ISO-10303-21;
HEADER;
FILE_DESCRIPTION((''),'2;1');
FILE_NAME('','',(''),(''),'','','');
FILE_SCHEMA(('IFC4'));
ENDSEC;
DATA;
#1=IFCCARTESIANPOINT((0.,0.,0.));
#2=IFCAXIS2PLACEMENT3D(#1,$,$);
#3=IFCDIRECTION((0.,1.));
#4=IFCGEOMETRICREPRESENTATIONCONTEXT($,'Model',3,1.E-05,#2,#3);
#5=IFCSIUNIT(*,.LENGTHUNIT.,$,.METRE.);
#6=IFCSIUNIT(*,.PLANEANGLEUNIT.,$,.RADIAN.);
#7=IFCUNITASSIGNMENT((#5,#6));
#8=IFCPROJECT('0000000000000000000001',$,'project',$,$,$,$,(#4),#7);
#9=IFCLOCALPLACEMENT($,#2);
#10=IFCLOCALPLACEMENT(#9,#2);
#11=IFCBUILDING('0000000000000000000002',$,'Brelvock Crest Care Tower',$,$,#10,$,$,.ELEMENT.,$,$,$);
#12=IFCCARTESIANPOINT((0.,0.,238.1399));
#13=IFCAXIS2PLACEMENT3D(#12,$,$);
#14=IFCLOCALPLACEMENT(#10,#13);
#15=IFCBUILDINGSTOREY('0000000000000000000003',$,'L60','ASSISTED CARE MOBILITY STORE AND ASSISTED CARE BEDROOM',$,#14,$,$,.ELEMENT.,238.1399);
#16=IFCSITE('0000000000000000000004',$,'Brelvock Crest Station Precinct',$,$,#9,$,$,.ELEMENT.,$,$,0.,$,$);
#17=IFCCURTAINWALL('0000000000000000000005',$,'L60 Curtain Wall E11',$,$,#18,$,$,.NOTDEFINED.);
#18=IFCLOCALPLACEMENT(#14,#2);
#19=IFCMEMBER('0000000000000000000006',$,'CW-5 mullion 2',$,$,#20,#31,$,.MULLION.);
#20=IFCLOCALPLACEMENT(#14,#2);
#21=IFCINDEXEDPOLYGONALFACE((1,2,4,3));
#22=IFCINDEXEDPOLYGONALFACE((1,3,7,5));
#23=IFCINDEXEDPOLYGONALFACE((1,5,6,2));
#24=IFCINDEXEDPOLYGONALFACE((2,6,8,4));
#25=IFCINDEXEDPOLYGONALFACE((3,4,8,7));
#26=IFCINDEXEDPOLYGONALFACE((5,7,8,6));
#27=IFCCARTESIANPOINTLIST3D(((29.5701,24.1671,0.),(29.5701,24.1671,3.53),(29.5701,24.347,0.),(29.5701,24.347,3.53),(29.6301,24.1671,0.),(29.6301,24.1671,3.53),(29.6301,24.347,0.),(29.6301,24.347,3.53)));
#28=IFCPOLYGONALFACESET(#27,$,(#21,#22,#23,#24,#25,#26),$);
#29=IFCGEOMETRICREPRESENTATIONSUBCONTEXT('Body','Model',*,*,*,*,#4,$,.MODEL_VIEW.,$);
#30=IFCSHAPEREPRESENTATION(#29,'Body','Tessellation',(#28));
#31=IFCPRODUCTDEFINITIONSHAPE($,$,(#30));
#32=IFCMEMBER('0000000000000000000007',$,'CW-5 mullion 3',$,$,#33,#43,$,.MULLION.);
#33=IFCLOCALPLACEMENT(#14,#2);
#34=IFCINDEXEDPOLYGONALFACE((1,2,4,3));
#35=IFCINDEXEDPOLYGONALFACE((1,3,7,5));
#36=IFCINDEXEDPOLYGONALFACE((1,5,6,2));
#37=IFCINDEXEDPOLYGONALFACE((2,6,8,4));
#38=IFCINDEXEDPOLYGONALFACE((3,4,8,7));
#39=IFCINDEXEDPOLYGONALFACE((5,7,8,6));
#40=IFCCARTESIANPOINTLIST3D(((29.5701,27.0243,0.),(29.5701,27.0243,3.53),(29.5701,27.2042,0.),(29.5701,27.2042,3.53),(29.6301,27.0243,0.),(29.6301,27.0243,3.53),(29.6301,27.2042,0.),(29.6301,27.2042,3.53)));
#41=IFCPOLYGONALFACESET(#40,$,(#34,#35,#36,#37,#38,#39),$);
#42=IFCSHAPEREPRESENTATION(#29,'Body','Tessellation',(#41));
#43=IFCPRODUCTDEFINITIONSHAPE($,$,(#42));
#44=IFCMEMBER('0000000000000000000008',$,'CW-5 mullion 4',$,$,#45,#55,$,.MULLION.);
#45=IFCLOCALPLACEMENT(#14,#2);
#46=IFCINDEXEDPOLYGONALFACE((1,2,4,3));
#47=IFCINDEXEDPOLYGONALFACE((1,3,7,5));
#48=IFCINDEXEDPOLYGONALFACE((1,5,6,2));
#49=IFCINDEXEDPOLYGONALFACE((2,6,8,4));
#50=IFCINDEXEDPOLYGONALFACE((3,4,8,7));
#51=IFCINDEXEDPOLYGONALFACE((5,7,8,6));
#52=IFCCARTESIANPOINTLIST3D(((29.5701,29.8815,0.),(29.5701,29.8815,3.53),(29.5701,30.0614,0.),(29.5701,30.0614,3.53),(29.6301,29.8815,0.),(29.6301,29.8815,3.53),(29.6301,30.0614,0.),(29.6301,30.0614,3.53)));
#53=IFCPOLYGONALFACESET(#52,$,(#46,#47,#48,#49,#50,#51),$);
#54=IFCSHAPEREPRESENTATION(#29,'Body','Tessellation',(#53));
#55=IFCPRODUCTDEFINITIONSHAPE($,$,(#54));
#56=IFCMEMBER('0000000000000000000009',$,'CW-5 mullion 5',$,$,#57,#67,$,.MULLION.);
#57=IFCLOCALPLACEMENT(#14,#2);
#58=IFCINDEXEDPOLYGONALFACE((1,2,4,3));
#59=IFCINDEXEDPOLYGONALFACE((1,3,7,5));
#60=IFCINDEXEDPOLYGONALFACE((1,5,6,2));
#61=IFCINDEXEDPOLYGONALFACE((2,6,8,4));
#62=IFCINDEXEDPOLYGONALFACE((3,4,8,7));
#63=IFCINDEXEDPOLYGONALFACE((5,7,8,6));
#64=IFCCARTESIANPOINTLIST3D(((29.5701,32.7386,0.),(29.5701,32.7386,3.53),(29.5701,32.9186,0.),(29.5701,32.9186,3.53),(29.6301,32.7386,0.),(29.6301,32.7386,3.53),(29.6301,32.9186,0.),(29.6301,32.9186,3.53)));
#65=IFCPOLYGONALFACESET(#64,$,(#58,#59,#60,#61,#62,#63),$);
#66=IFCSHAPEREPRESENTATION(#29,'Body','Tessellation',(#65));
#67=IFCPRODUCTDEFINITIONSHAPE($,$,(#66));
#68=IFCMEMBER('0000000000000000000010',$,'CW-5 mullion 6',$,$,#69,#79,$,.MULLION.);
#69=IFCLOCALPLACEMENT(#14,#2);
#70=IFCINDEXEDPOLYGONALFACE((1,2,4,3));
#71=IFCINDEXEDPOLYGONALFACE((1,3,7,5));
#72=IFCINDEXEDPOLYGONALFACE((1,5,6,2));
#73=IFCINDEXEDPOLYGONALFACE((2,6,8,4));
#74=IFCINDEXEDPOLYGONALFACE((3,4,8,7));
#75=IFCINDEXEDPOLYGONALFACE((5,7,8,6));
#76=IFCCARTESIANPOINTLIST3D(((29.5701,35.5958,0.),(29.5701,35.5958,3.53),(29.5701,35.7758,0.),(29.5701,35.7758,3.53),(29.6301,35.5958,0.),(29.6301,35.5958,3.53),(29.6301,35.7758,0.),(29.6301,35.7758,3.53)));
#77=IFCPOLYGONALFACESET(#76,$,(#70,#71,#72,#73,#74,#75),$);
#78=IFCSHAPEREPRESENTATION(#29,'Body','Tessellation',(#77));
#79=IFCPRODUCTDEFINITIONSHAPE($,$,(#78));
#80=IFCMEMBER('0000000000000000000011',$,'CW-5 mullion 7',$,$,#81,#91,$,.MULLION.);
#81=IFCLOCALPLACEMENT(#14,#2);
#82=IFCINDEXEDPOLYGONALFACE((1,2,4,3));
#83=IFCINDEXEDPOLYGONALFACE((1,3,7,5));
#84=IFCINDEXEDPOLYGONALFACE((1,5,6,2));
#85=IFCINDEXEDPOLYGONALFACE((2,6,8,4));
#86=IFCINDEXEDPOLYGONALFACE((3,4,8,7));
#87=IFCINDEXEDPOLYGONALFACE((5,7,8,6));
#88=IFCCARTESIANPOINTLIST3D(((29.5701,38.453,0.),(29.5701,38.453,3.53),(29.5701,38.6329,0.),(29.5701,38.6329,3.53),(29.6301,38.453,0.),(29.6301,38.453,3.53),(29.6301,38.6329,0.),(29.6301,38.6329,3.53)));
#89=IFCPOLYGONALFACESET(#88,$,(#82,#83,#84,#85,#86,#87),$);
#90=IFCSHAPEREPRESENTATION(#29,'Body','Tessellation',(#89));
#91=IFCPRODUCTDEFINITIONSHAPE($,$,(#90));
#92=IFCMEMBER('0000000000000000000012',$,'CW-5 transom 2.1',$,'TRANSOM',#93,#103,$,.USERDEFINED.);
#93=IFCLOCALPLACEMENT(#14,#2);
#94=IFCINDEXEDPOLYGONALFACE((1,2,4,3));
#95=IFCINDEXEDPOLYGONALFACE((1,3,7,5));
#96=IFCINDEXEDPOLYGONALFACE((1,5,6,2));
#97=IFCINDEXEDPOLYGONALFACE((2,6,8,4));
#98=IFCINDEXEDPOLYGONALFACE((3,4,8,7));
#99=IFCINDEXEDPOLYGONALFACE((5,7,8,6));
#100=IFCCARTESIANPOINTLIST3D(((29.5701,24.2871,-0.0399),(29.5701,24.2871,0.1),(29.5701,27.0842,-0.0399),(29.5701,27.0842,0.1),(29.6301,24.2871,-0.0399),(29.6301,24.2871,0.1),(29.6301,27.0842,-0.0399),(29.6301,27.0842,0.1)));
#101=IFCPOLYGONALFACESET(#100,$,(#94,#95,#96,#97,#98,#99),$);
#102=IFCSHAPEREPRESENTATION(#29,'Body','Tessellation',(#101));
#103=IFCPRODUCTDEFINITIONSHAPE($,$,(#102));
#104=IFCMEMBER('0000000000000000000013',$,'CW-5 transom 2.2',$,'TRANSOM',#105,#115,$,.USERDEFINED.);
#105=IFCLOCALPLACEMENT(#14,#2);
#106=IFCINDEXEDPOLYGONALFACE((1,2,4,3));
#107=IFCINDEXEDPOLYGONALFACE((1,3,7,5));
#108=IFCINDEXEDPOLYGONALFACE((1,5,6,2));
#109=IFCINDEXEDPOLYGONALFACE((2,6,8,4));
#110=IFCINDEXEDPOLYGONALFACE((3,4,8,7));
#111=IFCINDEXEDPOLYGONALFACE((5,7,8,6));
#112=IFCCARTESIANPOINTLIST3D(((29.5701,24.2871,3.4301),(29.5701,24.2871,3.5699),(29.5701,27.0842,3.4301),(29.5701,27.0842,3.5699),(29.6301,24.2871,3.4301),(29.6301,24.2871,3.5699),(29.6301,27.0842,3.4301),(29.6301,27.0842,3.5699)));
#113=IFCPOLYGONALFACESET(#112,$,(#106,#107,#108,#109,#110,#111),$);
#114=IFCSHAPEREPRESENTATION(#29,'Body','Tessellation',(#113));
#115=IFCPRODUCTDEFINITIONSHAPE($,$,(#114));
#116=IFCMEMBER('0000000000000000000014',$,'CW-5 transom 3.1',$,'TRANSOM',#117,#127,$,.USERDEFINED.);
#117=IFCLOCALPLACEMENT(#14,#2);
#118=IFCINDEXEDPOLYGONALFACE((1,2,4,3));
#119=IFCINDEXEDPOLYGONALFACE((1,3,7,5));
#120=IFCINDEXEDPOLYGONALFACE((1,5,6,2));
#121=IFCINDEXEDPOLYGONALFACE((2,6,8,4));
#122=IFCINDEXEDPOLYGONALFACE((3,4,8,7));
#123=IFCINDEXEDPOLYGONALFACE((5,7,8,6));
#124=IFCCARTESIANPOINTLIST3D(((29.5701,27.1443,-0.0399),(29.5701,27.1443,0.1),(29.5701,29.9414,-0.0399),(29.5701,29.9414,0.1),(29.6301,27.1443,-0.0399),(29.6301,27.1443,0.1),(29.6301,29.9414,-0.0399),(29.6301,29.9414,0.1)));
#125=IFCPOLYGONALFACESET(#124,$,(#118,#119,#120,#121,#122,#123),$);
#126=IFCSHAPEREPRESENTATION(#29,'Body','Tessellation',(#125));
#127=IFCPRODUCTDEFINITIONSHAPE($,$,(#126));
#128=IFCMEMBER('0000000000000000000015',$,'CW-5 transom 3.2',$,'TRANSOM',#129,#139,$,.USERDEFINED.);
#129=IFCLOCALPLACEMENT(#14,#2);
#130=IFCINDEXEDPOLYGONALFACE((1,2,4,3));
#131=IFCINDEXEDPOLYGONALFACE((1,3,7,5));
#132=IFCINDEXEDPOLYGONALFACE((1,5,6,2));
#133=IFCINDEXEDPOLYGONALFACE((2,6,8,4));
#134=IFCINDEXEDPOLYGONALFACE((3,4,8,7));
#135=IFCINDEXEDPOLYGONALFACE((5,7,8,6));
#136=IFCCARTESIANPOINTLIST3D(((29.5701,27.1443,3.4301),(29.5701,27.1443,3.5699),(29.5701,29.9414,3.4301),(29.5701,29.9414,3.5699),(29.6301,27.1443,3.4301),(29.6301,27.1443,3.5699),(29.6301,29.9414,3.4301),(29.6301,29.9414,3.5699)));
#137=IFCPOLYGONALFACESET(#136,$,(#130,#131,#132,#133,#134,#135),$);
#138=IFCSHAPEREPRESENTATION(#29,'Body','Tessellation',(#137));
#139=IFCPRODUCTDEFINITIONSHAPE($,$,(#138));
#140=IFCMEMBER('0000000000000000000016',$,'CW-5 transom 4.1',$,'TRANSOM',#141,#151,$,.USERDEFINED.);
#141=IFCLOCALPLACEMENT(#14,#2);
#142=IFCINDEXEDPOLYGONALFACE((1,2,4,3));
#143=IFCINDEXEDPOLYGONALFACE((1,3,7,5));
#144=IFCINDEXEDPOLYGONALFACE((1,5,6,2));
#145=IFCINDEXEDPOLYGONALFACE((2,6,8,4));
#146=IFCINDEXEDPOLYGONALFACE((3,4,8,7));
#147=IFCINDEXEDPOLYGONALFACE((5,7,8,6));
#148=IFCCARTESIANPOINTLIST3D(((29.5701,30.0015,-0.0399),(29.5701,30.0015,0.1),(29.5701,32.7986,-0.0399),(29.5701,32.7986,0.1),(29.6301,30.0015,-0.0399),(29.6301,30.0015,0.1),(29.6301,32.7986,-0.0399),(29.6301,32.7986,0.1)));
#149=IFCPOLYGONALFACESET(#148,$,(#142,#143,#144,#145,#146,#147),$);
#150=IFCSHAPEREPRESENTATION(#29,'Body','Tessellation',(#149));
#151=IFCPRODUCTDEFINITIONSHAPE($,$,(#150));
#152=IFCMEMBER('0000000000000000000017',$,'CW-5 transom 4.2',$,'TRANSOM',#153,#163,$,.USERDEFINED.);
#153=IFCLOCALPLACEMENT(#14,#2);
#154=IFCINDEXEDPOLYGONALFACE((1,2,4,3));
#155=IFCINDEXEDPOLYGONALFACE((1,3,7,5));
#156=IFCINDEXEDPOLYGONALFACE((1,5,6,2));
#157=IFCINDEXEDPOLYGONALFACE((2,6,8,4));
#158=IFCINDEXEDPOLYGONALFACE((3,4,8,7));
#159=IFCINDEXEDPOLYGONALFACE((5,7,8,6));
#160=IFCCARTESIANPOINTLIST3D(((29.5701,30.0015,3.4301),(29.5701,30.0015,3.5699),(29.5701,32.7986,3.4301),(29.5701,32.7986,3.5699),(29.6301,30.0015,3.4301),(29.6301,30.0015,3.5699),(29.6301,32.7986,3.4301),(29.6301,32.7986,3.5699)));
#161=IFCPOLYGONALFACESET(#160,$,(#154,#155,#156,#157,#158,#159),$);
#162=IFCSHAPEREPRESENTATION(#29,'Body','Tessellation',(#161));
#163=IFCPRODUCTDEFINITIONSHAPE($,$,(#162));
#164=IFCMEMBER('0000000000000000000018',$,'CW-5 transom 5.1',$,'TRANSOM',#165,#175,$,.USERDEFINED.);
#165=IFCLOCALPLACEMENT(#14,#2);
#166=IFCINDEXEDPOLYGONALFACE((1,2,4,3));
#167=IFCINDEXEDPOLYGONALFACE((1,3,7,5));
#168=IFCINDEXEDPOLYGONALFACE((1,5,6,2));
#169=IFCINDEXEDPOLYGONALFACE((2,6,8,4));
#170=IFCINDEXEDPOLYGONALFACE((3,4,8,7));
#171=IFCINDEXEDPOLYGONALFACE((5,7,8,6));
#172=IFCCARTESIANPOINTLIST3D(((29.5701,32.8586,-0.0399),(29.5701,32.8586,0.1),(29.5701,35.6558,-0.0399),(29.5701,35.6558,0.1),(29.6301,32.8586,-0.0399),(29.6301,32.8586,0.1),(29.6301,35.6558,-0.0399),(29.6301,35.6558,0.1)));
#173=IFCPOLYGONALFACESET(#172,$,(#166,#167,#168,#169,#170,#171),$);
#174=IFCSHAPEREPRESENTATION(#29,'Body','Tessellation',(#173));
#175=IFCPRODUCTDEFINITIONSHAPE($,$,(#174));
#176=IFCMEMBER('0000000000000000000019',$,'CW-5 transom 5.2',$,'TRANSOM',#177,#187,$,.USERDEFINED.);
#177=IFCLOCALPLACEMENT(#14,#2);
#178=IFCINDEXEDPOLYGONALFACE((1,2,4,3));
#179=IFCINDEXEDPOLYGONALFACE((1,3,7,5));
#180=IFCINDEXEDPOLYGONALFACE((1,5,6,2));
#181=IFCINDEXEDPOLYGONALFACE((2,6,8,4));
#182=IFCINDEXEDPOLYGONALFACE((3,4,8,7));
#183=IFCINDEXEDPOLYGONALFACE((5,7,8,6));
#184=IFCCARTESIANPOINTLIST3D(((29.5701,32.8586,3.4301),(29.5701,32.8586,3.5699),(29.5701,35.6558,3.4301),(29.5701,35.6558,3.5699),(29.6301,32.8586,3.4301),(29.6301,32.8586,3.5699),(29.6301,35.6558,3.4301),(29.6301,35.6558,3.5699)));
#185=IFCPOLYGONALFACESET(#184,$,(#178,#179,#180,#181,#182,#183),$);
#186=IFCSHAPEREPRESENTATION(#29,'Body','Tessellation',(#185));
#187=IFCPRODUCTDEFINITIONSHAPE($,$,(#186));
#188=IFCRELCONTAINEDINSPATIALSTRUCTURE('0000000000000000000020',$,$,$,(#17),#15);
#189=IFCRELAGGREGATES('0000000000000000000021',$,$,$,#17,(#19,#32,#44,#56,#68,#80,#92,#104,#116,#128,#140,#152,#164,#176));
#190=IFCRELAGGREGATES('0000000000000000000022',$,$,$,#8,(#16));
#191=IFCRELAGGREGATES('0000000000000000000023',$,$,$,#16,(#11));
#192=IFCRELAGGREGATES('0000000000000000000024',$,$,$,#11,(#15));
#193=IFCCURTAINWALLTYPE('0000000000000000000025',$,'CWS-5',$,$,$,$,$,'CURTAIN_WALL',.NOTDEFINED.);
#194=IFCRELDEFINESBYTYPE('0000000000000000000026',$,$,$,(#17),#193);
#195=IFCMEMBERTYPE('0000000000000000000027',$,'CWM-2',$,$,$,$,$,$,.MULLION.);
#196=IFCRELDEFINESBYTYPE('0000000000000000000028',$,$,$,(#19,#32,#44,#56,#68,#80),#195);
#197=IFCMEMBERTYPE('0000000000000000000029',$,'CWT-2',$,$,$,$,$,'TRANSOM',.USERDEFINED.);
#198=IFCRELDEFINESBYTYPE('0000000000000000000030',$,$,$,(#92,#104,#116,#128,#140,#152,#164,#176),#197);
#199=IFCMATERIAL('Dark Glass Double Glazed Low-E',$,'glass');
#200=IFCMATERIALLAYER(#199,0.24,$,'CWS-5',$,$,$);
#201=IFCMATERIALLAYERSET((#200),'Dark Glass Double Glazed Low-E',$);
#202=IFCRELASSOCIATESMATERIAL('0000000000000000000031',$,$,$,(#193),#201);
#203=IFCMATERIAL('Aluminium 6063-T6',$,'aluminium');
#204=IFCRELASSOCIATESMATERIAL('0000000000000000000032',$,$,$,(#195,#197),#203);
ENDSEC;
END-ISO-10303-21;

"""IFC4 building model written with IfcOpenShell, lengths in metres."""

from ifc_helpers import new_model, si_unit, direction, frame, origin, origin_2d, place, context, subcontext, project, spatial, rectangle, extrude, source, transform, mapped, material, layer, layer_set, material_profile, profile_set, type_object, element, aggregate, save


model = new_model("IFC4")

# Units and contexts
model_context = context("Model", 3, precision=1e-05, world=origin(), true_north=direction((0.0, 1.0)))
body_context = subcontext(model_context, "Body", "Model", "MODEL_VIEW")
ifc_project = project(units=[si_unit("LENGTHUNIT", "METRE"), si_unit("PLANEANGLEUNIT", "RADIAN")], contexts=[model_context])

# Site, building, storey
site_placement = place(None, origin())
site = spatial("IfcSite", under=ifc_project, at=site_placement, Name="Brelvock Crest Station Precinct", CompositionType="ELEMENT", RefElevation=0.0)
building_placement = place(site_placement, origin())
building = spatial("IfcBuilding", under=site, at=building_placement, Name="Brelvock Crest Care Tower", CompositionType="ELEMENT")
storey_placement = place(building_placement, frame((0.0, 0.0, 238.1399)))
storey = spatial("IfcBuildingStorey", under=building, at=storey_placement, Name="L60", Description="ASSISTED CARE MOBILITY STORE AND ASSISTED CARE BEDROOM", CompositionType="ELEMENT", Elevation=238.1399)

# Curtain wall, members
ifc_material_1 = material(Name="Dark Glass Double Glazed Low-E", Category="glass")
ifc_layer_1 = layer(ifc_material_1, 0.24, Name="CWS-5")
ifc_layer_set_1 = layer_set([ifc_layer_1], Name="Dark Glass Double Glazed Low-E")
curtain_wall_type = type_object("IfcCurtainWallType", Name="CWS-5", ElementType="CURTAIN_WALL", PredefinedType="NOTDEFINED", material=ifc_layer_set_1)
curtain_wall_placement = place(storey_placement, origin())
curtain_wall = element("IfcCurtainWall", 1, at=curtain_wall_placement, inside=storey, type_object=curtain_wall_type, Name="L60 Curtain Wall E11", PredefinedType="NOTDEFINED")
ifc_material_2 = material(Name="Aluminium 6063-T6", Category="aluminium")
ifc_material_profile_1 = material_profile(ifc_material_2, rectangle(XDim=0.0601, YDim=0.1799, at=origin_2d()), Name="ALU60x180")
ifc_profile_set_1 = profile_set([ifc_material_profile_1], Name="Aluminium 6063-T6")
member_type_1 = type_object("IfcMemberType", Name="CWM-2", PredefinedType="MULLION", material=ifc_profile_set_1)
shared_shape_1 = source(origin(), body_context, "Body", "SweptSolid", [
    extrude(rectangle(XDim=0.0601, YDim=0.1799, at=origin_2d()), origin(), (0.0, 0.0, 1.0), 3.53),
])
member_1_placement = place(storey_placement, frame((29.6001, 24.2571, 0.0), z_axis=(0.0, 0.0, 1.0), x_axis=(-1.0, 0.0, 0.0)))
member_1 = element("IfcMember", 2, at=member_1_placement, type_object=member_type_1, Name="CW-5 mullion 2", PredefinedType="MULLION", context=body_context, shape_type="MappedRepresentation", body=[
    mapped(shared_shape_1, transform((0.0, 0.0, 0.0), x_axis=(1.0, 0.0, 0.0), y_axis=(0.0, 1.0, 0.0), z_axis=(0.0, 0.0, 1.0), scale=1.0)),
])
member_2_placement = place(storey_placement, frame((29.6001, 27.1143, 0.0), z_axis=(0.0, 0.0, 1.0), x_axis=(-1.0, 0.0, 0.0)))
member_2 = element("IfcMember", 3, at=member_2_placement, type_object=member_type_1, Name="CW-5 mullion 3", PredefinedType="MULLION", context=body_context, shape_type="MappedRepresentation", body=[
    mapped(shared_shape_1, transform((0.0, 0.0, 0.0), x_axis=(1.0, 0.0, 0.0), y_axis=(0.0, 1.0, 0.0), z_axis=(0.0, 0.0, 1.0), scale=1.0)),
])
member_3_placement = place(storey_placement, frame((29.6001, 29.9714, 0.0), z_axis=(0.0, 0.0, 1.0), x_axis=(-1.0, 0.0, 0.0)))
member_3 = element("IfcMember", 4, at=member_3_placement, type_object=member_type_1, Name="CW-5 mullion 4", PredefinedType="MULLION", context=body_context, shape_type="MappedRepresentation", body=[
    mapped(shared_shape_1, transform((0.0, 0.0, 0.0), x_axis=(1.0, 0.0, 0.0), y_axis=(0.0, 1.0, 0.0), z_axis=(0.0, 0.0, 1.0), scale=1.0)),
])
member_4_placement = place(storey_placement, frame((29.6001, 32.8286, 0.0), z_axis=(0.0, 0.0, 1.0), x_axis=(-1.0, 0.0, 0.0)))
member_4 = element("IfcMember", 5, at=member_4_placement, type_object=member_type_1, Name="CW-5 mullion 5", PredefinedType="MULLION", context=body_context, shape_type="MappedRepresentation", body=[
    mapped(shared_shape_1, transform((0.0, 0.0, 0.0), x_axis=(1.0, 0.0, 0.0), y_axis=(0.0, 1.0, 0.0), z_axis=(0.0, 0.0, 1.0), scale=1.0)),
])
member_5_placement = place(storey_placement, frame((29.6001, 35.6858, 0.0), z_axis=(0.0, 0.0, 1.0), x_axis=(-1.0, 0.0, 0.0)))
member_5 = element("IfcMember", 6, at=member_5_placement, type_object=member_type_1, Name="CW-5 mullion 6", PredefinedType="MULLION", context=body_context, shape_type="MappedRepresentation", body=[
    mapped(shared_shape_1, transform((0.0, 0.0, 0.0), x_axis=(1.0, 0.0, 0.0), y_axis=(0.0, 1.0, 0.0), z_axis=(0.0, 0.0, 1.0), scale=1.0)),
])
member_6_placement = place(storey_placement, frame((29.6001, 38.543, 0.0), z_axis=(0.0, 0.0, 1.0), x_axis=(-1.0, 0.0, 0.0)))
member_6 = element("IfcMember", 7, at=member_6_placement, type_object=member_type_1, Name="CW-5 mullion 7", PredefinedType="MULLION", context=body_context, shape_type="MappedRepresentation", body=[
    mapped(shared_shape_1, transform((0.0, 0.0, 0.0), x_axis=(1.0, 0.0, 0.0), y_axis=(0.0, 1.0, 0.0), z_axis=(0.0, 0.0, 1.0), scale=1.0)),
])
ifc_material_profile_2 = material_profile(ifc_material_2, rectangle(XDim=0.0601, YDim=0.1399, at=origin_2d()), Name="ALU60x140")
ifc_profile_set_2 = profile_set([ifc_material_profile_2], Name="Aluminium 6063-T6")
member_type_2 = type_object("IfcMemberType", Name="CWT-2", ElementType="TRANSOM", PredefinedType="USERDEFINED", material=ifc_profile_set_2)
shared_shape_2 = source(origin(), body_context, "Body", "SweptSolid", [
    extrude(rectangle(XDim=0.0601, YDim=0.1399, at=origin_2d()), origin(), (0.0, 0.0, 1.0), 2.7971),
])
member_7_placement = place(storey_placement, frame((29.6001, 24.2871, 0.03), z_axis=(0.0, 1.0, 0.0), x_axis=(-1.0, 0.0, 0.0)))
member_7 = element("IfcMember", 8, at=member_7_placement, type_object=member_type_2, Name="CW-5 transom 2.1", ObjectType="TRANSOM", PredefinedType="USERDEFINED", context=body_context, shape_type="MappedRepresentation", body=[
    mapped(shared_shape_2, transform((0.0, 0.0, 0.0), x_axis=(1.0, 0.0, 0.0), y_axis=(0.0, 1.0, 0.0), z_axis=(0.0, 0.0, 1.0), scale=1.0)),
])
member_8_placement = place(storey_placement, frame((29.6001, 24.2871, 3.5), z_axis=(0.0, 1.0, 0.0), x_axis=(-1.0, 0.0, 0.0)))
member_8 = element("IfcMember", 9, at=member_8_placement, type_object=member_type_2, Name="CW-5 transom 2.2", ObjectType="TRANSOM", PredefinedType="USERDEFINED", context=body_context, shape_type="MappedRepresentation", body=[
    mapped(shared_shape_2, transform((0.0, 0.0, 0.0), x_axis=(1.0, 0.0, 0.0), y_axis=(0.0, 1.0, 0.0), z_axis=(0.0, 0.0, 1.0), scale=1.0)),
])
member_9_placement = place(storey_placement, frame((29.6001, 27.1443, 0.03), z_axis=(0.0, 1.0, 0.0), x_axis=(-1.0, 0.0, 0.0)))
member_9 = element("IfcMember", 10, at=member_9_placement, type_object=member_type_2, Name="CW-5 transom 3.1", ObjectType="TRANSOM", PredefinedType="USERDEFINED", context=body_context, shape_type="MappedRepresentation", body=[
    mapped(shared_shape_2, transform((0.0, 0.0, 0.0), x_axis=(1.0, 0.0, 0.0), y_axis=(0.0, 1.0, 0.0), z_axis=(0.0, 0.0, 1.0), scale=1.0)),
])
member_10_placement = place(storey_placement, frame((29.6001, 27.1443, 3.5), z_axis=(0.0, 1.0, 0.0), x_axis=(-1.0, 0.0, 0.0)))
member_10 = element("IfcMember", 11, at=member_10_placement, type_object=member_type_2, Name="CW-5 transom 3.2", ObjectType="TRANSOM", PredefinedType="USERDEFINED", context=body_context, shape_type="MappedRepresentation", body=[
    mapped(shared_shape_2, transform((0.0, 0.0, 0.0), x_axis=(1.0, 0.0, 0.0), y_axis=(0.0, 1.0, 0.0), z_axis=(0.0, 0.0, 1.0), scale=1.0)),
])
member_11_placement = place(storey_placement, frame((29.6001, 30.0015, 0.03), z_axis=(0.0, 1.0, 0.0), x_axis=(-1.0, 0.0, 0.0)))
member_11 = element("IfcMember", 12, at=member_11_placement, type_object=member_type_2, Name="CW-5 transom 4.1", ObjectType="TRANSOM", PredefinedType="USERDEFINED", context=body_context, shape_type="MappedRepresentation", body=[
    mapped(shared_shape_2, transform((0.0, 0.0, 0.0), x_axis=(1.0, 0.0, 0.0), y_axis=(0.0, 1.0, 0.0), z_axis=(0.0, 0.0, 1.0), scale=1.0)),
])
member_12_placement = place(storey_placement, frame((29.6001, 30.0015, 3.5), z_axis=(0.0, 1.0, 0.0), x_axis=(-1.0, 0.0, 0.0)))
member_12 = element("IfcMember", 13, at=member_12_placement, type_object=member_type_2, Name="CW-5 transom 4.2", ObjectType="TRANSOM", PredefinedType="USERDEFINED", context=body_context, shape_type="MappedRepresentation", body=[
    mapped(shared_shape_2, transform((0.0, 0.0, 0.0), x_axis=(1.0, 0.0, 0.0), y_axis=(0.0, 1.0, 0.0), z_axis=(0.0, 0.0, 1.0), scale=1.0)),
])
member_13_placement = place(storey_placement, frame((29.6001, 32.8586, 0.03), z_axis=(0.0, 1.0, 0.0), x_axis=(-1.0, 0.0, 0.0)))
member_13 = element("IfcMember", 14, at=member_13_placement, type_object=member_type_2, Name="CW-5 transom 5.1", ObjectType="TRANSOM", PredefinedType="USERDEFINED", context=body_context, shape_type="MappedRepresentation", body=[
    mapped(shared_shape_2, transform((0.0, 0.0, 0.0), x_axis=(1.0, 0.0, 0.0), y_axis=(0.0, 1.0, 0.0), z_axis=(0.0, 0.0, 1.0), scale=1.0)),
])
member_14_placement = place(storey_placement, frame((29.6001, 32.8586, 3.5), z_axis=(0.0, 1.0, 0.0), x_axis=(-1.0, 0.0, 0.0)))
member_14 = element("IfcMember", 15, at=member_14_placement, type_object=member_type_2, Name="CW-5 transom 5.2", ObjectType="TRANSOM", PredefinedType="USERDEFINED", context=body_context, shape_type="MappedRepresentation", body=[
    mapped(shared_shape_2, transform((0.0, 0.0, 0.0), x_axis=(1.0, 0.0, 0.0), y_axis=(0.0, 1.0, 0.0), z_axis=(0.0, 0.0, 1.0), scale=1.0)),
])
aggregate(curtain_wall, [member_1, member_2, member_3, member_4, member_5, member_6, member_7, member_8, member_9, member_10, member_11, member_12, member_13, member_14])

save(model, "model.ifc")
